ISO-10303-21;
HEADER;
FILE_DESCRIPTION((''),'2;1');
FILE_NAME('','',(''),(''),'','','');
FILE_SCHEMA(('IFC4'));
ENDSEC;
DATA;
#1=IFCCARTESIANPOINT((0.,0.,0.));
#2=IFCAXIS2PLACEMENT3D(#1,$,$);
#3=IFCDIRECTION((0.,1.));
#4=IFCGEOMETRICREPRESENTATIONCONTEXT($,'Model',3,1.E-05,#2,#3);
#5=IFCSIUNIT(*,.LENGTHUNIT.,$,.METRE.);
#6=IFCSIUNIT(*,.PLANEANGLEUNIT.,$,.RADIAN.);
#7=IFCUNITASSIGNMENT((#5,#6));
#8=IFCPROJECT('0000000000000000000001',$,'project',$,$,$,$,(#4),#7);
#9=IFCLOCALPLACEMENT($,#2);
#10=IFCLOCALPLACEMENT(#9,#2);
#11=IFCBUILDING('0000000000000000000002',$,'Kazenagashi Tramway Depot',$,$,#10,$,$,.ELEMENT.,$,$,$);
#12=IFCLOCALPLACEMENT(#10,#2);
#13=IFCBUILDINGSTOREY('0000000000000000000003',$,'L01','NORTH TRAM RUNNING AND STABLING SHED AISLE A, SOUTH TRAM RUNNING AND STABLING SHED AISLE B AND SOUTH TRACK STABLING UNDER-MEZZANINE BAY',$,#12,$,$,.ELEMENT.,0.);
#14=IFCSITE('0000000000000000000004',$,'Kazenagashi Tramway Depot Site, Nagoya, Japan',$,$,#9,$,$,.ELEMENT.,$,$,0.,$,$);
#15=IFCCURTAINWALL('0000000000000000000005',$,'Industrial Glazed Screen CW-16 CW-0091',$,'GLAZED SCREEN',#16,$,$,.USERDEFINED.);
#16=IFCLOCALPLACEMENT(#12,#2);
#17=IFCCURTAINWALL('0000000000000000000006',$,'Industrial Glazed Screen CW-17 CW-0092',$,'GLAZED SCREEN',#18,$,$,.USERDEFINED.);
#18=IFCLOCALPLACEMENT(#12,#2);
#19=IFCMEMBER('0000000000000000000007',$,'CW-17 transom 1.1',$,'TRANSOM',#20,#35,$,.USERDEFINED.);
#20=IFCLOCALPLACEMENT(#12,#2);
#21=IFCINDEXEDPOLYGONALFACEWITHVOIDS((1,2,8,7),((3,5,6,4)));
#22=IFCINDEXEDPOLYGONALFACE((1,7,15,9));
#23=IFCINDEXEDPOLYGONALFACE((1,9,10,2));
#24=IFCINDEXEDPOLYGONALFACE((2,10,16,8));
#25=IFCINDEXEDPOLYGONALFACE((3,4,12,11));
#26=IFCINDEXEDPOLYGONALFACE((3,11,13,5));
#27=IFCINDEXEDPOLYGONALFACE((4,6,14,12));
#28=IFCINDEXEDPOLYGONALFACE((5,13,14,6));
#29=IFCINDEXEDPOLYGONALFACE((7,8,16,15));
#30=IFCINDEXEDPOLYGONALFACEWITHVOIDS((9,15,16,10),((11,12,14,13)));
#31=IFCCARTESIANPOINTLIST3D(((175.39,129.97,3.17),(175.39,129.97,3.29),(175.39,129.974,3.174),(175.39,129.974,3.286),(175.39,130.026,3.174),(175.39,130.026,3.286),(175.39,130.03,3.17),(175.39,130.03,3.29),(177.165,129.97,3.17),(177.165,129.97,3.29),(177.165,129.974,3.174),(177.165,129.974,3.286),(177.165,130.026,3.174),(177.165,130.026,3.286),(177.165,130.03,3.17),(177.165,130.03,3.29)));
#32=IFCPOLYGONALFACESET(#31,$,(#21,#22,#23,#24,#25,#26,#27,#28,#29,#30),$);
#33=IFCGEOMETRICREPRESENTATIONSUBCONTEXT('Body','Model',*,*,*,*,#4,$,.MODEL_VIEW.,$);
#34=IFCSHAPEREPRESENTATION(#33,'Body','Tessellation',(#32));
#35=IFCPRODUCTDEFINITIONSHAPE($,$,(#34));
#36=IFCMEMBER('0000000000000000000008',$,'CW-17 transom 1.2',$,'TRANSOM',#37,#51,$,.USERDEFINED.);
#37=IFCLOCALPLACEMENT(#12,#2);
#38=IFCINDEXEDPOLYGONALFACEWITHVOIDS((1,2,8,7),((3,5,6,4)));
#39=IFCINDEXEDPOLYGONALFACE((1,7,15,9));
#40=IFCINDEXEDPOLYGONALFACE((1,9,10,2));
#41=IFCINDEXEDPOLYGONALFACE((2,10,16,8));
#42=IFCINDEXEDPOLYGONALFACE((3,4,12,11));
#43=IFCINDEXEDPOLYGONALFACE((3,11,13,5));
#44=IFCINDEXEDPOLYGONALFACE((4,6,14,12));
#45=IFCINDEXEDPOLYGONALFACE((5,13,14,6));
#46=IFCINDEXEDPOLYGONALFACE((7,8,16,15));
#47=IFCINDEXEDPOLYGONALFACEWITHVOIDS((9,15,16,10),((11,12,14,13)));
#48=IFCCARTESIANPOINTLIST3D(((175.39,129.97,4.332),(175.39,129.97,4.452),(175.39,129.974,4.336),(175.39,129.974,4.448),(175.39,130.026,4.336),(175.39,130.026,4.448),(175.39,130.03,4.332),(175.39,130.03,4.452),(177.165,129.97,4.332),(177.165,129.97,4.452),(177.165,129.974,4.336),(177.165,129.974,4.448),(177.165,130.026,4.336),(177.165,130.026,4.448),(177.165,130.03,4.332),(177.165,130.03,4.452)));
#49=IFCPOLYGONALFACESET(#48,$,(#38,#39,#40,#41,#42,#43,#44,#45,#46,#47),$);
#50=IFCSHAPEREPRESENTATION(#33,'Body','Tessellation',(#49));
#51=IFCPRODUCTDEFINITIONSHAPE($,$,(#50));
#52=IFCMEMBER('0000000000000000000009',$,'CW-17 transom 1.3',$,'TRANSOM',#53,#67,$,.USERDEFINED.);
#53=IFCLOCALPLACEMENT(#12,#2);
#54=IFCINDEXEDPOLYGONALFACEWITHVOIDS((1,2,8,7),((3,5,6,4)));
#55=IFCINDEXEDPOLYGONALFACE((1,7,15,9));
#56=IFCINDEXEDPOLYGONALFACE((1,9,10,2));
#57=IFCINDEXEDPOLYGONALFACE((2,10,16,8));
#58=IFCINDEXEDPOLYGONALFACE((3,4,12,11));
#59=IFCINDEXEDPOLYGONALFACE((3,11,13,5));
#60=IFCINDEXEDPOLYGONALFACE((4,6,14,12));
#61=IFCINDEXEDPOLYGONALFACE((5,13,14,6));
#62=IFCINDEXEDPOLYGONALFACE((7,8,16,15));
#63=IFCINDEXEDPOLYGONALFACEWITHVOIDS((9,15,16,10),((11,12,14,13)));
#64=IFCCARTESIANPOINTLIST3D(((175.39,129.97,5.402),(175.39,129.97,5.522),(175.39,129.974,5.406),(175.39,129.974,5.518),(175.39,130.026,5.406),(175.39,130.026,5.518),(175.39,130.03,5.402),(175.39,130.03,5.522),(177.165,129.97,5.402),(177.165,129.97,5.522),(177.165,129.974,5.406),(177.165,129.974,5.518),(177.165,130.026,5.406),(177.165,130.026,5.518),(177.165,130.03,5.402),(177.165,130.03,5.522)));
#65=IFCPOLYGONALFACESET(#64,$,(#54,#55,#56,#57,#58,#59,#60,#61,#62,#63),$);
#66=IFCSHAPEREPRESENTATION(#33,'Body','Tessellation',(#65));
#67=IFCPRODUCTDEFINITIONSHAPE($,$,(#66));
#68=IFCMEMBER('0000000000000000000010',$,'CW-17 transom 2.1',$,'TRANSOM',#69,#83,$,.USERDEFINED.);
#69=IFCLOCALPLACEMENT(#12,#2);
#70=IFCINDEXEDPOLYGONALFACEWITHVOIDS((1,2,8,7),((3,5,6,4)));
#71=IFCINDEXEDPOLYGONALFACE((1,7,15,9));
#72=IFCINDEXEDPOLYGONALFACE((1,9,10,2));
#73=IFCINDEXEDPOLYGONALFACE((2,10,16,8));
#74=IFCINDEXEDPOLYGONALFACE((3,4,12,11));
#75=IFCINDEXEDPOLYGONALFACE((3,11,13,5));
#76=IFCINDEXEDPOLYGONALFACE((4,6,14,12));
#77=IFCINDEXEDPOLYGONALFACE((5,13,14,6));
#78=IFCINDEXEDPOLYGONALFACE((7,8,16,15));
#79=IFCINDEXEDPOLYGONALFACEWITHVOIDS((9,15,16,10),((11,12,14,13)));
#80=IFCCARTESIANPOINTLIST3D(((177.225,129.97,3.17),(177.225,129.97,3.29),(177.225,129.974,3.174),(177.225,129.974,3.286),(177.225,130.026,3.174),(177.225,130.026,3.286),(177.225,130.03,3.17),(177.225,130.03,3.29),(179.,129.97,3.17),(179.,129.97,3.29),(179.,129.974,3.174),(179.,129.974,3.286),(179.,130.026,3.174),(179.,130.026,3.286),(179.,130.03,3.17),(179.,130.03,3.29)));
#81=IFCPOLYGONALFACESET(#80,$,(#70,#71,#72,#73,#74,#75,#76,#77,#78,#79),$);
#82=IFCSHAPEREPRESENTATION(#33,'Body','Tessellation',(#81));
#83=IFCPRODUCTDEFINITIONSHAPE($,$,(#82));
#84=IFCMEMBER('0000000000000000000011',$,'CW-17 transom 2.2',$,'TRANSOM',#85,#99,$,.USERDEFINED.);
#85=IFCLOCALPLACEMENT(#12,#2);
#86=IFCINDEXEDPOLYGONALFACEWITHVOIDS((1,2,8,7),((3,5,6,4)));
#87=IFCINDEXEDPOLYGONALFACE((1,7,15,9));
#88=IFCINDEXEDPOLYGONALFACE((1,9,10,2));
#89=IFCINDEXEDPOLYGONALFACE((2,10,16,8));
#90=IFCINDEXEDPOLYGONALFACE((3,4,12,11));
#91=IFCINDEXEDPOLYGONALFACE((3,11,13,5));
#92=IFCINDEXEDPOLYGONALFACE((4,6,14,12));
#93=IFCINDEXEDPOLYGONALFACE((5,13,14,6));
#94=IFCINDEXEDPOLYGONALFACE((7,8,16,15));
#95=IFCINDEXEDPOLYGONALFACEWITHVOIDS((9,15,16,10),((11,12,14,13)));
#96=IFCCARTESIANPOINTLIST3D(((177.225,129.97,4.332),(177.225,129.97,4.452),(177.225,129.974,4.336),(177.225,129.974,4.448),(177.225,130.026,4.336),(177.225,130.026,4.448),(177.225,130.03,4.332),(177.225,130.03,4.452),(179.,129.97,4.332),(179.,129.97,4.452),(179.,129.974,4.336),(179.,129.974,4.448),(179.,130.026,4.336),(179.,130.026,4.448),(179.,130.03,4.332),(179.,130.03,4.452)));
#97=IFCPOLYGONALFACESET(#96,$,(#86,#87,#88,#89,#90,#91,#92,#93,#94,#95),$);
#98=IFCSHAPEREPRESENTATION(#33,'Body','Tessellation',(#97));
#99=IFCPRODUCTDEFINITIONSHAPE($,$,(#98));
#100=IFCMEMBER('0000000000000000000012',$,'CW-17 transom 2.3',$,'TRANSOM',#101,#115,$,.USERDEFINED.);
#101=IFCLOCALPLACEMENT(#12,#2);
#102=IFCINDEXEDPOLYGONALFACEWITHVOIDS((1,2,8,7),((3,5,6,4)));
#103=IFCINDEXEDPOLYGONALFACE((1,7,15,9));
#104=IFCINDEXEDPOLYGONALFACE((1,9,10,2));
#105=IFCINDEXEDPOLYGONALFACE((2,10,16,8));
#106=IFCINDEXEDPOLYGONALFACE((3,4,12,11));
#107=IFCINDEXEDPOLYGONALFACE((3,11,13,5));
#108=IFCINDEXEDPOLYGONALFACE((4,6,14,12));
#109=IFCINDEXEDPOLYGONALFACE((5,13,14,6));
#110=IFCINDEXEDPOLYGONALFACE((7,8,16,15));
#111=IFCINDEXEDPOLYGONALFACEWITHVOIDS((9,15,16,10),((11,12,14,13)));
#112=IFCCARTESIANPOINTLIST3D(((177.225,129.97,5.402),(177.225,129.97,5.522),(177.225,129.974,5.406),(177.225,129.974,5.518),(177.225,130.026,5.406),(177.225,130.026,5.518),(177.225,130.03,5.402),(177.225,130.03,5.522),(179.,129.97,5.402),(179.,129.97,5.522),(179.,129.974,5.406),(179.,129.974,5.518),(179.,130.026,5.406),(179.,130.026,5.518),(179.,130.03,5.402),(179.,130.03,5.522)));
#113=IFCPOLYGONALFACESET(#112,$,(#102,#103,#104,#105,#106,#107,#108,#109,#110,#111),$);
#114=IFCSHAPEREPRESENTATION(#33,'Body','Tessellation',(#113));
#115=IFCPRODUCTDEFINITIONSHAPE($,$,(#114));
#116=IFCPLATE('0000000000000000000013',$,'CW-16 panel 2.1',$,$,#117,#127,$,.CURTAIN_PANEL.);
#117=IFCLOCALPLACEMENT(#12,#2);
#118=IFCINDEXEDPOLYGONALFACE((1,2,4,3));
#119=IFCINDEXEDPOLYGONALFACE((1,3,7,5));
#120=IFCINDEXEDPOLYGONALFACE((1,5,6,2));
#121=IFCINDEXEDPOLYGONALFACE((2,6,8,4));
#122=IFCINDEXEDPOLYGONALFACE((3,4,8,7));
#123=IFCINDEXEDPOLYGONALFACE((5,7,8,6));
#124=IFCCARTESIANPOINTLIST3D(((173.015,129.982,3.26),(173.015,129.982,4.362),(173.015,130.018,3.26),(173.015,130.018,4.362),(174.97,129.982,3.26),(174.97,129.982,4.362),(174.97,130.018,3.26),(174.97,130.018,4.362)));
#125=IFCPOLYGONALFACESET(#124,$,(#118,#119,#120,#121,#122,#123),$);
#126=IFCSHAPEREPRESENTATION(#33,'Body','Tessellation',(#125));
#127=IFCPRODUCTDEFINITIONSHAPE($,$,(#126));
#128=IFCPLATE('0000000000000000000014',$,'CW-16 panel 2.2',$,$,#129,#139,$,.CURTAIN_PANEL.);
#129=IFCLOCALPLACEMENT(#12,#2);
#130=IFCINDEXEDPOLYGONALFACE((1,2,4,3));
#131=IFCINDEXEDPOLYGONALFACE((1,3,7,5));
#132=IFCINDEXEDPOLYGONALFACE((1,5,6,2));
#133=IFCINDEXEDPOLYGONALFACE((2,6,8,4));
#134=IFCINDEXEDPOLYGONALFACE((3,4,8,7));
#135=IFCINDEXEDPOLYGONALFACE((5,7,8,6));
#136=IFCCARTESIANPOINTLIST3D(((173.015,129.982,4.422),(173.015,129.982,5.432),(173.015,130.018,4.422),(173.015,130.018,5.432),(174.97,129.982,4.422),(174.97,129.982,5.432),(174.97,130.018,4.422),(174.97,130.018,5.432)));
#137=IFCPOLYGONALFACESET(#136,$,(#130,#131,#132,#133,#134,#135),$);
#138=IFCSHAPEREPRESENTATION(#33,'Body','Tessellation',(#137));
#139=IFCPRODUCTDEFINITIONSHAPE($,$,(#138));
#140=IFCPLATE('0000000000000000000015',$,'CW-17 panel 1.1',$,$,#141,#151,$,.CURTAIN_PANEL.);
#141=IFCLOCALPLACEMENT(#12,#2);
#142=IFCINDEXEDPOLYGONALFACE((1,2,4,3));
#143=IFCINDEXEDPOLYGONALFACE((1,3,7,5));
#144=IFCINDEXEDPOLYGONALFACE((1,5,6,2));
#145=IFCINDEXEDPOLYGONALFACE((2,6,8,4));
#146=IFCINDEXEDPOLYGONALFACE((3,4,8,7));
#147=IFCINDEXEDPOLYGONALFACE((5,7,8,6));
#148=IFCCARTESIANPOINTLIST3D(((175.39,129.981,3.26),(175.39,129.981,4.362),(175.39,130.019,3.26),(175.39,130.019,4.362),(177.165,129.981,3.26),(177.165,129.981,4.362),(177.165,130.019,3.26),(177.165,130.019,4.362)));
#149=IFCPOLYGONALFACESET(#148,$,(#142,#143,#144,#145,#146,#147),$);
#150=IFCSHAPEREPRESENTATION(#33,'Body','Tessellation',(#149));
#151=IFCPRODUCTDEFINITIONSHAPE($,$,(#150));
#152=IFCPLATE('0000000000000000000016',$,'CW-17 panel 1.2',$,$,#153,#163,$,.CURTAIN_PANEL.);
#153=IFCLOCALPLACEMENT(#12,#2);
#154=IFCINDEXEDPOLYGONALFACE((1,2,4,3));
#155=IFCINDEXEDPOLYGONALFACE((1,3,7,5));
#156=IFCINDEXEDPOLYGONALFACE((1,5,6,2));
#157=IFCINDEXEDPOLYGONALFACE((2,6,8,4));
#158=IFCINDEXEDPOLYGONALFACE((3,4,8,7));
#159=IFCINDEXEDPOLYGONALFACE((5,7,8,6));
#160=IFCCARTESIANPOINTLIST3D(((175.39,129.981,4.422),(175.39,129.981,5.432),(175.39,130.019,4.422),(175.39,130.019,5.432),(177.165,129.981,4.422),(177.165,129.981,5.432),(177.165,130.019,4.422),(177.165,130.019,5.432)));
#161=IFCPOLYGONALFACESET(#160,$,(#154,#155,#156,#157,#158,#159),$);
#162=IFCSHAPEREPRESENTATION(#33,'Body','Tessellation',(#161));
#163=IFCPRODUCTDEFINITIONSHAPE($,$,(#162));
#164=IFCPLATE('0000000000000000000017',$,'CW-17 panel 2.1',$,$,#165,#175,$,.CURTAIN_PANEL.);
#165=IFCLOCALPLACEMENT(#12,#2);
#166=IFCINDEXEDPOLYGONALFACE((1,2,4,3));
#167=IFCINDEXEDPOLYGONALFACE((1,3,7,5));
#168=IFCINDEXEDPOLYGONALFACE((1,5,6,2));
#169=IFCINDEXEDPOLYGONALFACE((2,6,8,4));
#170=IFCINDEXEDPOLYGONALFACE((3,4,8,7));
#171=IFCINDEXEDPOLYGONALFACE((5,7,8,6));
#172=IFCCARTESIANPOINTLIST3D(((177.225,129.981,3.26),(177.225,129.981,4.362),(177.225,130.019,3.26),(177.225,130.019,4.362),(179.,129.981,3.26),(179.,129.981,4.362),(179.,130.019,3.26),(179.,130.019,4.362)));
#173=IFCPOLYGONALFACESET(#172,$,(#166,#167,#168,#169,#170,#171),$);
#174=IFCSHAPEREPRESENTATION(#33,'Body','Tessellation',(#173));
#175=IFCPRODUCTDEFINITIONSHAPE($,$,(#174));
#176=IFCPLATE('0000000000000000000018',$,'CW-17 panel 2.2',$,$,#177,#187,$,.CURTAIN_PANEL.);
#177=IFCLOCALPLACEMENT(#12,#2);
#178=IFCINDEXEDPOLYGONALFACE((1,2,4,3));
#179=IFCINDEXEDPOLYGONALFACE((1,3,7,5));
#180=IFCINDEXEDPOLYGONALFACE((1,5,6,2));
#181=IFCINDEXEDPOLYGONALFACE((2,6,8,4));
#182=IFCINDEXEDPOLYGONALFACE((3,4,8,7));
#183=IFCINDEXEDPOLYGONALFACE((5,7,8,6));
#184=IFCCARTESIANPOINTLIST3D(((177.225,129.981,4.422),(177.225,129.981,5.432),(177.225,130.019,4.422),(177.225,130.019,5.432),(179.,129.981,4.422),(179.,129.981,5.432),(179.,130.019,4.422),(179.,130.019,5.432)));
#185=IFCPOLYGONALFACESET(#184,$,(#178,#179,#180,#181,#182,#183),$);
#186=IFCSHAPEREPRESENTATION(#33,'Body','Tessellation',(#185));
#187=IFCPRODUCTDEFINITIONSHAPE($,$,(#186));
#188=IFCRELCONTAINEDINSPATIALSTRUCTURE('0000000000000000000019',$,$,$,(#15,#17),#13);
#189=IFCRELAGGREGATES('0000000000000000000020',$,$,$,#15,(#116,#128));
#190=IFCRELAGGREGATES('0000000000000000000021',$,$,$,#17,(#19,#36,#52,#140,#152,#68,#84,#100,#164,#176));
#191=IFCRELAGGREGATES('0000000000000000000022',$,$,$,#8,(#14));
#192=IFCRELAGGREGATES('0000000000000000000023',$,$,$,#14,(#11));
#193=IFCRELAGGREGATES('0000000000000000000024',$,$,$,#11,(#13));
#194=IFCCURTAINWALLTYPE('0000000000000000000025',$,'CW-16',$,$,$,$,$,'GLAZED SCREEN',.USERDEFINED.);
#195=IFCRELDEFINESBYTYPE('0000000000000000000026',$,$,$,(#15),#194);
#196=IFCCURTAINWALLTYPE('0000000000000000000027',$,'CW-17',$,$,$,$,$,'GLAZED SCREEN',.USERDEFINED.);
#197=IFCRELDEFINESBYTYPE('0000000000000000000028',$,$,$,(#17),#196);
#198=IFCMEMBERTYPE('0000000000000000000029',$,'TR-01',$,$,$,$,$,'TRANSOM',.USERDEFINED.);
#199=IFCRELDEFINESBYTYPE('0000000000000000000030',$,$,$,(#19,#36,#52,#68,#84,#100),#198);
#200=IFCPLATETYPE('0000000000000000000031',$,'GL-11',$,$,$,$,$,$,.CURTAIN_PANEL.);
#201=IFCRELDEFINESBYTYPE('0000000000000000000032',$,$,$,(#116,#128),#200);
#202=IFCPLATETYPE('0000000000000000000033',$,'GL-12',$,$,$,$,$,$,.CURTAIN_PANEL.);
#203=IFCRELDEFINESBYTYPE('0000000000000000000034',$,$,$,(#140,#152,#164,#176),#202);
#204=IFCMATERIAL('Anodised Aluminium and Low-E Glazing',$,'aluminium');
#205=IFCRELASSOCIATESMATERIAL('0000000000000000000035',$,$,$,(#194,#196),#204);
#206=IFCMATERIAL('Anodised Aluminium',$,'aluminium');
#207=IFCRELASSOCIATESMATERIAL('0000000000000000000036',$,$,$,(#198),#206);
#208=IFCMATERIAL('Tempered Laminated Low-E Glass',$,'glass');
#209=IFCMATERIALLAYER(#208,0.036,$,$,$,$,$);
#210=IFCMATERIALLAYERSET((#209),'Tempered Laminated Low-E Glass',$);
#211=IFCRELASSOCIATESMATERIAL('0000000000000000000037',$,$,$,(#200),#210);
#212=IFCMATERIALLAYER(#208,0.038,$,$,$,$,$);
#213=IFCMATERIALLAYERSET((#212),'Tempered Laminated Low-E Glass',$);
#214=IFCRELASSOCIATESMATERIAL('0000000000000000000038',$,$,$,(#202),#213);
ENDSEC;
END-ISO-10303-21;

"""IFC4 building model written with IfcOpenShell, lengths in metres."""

from ifc_helpers import new_model, si_unit, direction, frame, origin, origin_2d, place, context, subcontext, project, spatial, rectangle, hollow_rectangle, extrude, material, layer, layer_set, material_profile, profile_set, type_object, element, aggregate, save


model = new_model("IFC4")

# Units and contexts
model_context = context("Model", 3, precision=1e-05, world=origin(), true_north=direction((0.0, 1.0)))
body_context = subcontext(model_context, "Body", "Model", "MODEL_VIEW")
ifc_project = project(units=[si_unit("LENGTHUNIT", "METRE"), si_unit("PLANEANGLEUNIT", "RADIAN")], contexts=[model_context])

# Site, building, storey
site_placement = place(None, origin())
site = spatial("IfcSite", under=ifc_project, at=site_placement, Name="Kazenagashi Tramway Depot Site, Nagoya, Japan", CompositionType="ELEMENT", RefElevation=0.0)
building_placement = place(site_placement, origin())
building = spatial("IfcBuilding", under=site, at=building_placement, Name="Kazenagashi Tramway Depot", CompositionType="ELEMENT")
storey_placement = place(building_placement, origin())
storey = spatial("IfcBuildingStorey", under=building, at=storey_placement, Name="L01", Description="NORTH TRAM RUNNING AND STABLING SHED AISLE A, SOUTH TRAM RUNNING AND STABLING SHED AISLE B AND SOUTH TRACK STABLING UNDER-MEZZANINE BAY", CompositionType="ELEMENT", Elevation=0.0)

# Curtain wall
ifc_material_1 = material(Name="Anodised Aluminium and Low-E Glazing", Category="aluminium")
curtain_wall_type_1 = type_object("IfcCurtainWallType", Name="CW-16", ElementType="GLAZED SCREEN", PredefinedType="USERDEFINED", material=ifc_material_1)
curtain_wall_1_placement = place(storey_placement, origin())
curtain_wall_1 = element("IfcCurtainWall", 1, at=curtain_wall_1_placement, inside=storey, type_object=curtain_wall_type_1, Name="Industrial Glazed Screen CW-16 CW-0091", ObjectType="GLAZED SCREEN", PredefinedType="USERDEFINED")
ifc_material_2 = material(Name="Anodised Aluminium", Category="aluminium")

# Curtain wall
curtain_wall_type_2 = type_object("IfcCurtainWallType", Name="CW-17", ElementType="GLAZED SCREEN", PredefinedType="USERDEFINED", material=ifc_material_1)
curtain_wall_2_placement = place(storey_placement, origin())
curtain_wall_2 = element("IfcCurtainWall", 2, at=curtain_wall_2_placement, inside=storey, type_object=curtain_wall_type_2, Name="Industrial Glazed Screen CW-17 CW-0092", ObjectType="GLAZED SCREEN", PredefinedType="USERDEFINED")

# Members
ifc_material_profile_1 = material_profile(ifc_material_2, hollow_rectangle(XDim=0.06, YDim=0.12, WallThickness=0.004, at=origin_2d()), Name="RHS-120x60x4")
ifc_profile_set_1 = profile_set([ifc_material_profile_1], Name="Anodised Aluminium")
member_type_1 = type_object("IfcMemberType", Name="TR-01", ElementType="TRANSOM", PredefinedType="USERDEFINED", material=ifc_profile_set_1)
member_1_placement = place(storey_placement, frame((175.39, 130.0, 3.23), z_axis=(1.0, 0.0, 0.0), x_axis=(0.0, 1.0, 0.0)))
member_1 = element("IfcMember", 3, at=member_1_placement, type_object=member_type_1, Name="CW-17 transom 1.1", ObjectType="TRANSOM", PredefinedType="USERDEFINED", context=body_context, shape_type="SweptSolid", body=[
    extrude(hollow_rectangle(XDim=0.06, YDim=0.12, WallThickness=0.004, at=origin_2d()), origin(), (0.0, 0.0, 1.0), 1.775),
])
member_2_placement = place(storey_placement, frame((175.39, 130.0, 4.392), z_axis=(1.0, 0.0, 0.0), x_axis=(0.0, 1.0, 0.0)))
member_2 = element("IfcMember", 4, at=member_2_placement, type_object=member_type_1, Name="CW-17 transom 1.2", ObjectType="TRANSOM", PredefinedType="USERDEFINED", context=body_context, shape_type="SweptSolid", body=[
    extrude(hollow_rectangle(XDim=0.06, YDim=0.12, WallThickness=0.004, at=origin_2d()), origin(), (0.0, 0.0, 1.0), 1.775),
])
member_3_placement = place(storey_placement, frame((175.39, 130.0, 5.462), z_axis=(1.0, 0.0, 0.0), x_axis=(0.0, 1.0, 0.0)))
member_3 = element("IfcMember", 5, at=member_3_placement, type_object=member_type_1, Name="CW-17 transom 1.3", ObjectType="TRANSOM", PredefinedType="USERDEFINED", context=body_context, shape_type="SweptSolid", body=[
    extrude(hollow_rectangle(XDim=0.06, YDim=0.12, WallThickness=0.004, at=origin_2d()), origin(), (0.0, 0.0, 1.0), 1.775),
])
member_4_placement = place(storey_placement, frame((177.225, 130.0, 3.23), z_axis=(1.0, 0.0, 0.0), x_axis=(0.0, 1.0, 0.0)))
member_4 = element("IfcMember", 6, at=member_4_placement, type_object=member_type_1, Name="CW-17 transom 2.1", ObjectType="TRANSOM", PredefinedType="USERDEFINED", context=body_context, shape_type="SweptSolid", body=[
    extrude(hollow_rectangle(XDim=0.06, YDim=0.12, WallThickness=0.004, at=origin_2d()), origin(), (0.0, 0.0, 1.0), 1.775),
])
member_5_placement = place(storey_placement, frame((177.225, 130.0, 4.392), z_axis=(1.0, 0.0, 0.0), x_axis=(0.0, 1.0, 0.0)))
member_5 = element("IfcMember", 7, at=member_5_placement, type_object=member_type_1, Name="CW-17 transom 2.2", ObjectType="TRANSOM", PredefinedType="USERDEFINED", context=body_context, shape_type="SweptSolid", body=[
    extrude(hollow_rectangle(XDim=0.06, YDim=0.12, WallThickness=0.004, at=origin_2d()), origin(), (0.0, 0.0, 1.0), 1.775),
])
member_6_placement = place(storey_placement, frame((177.225, 130.0, 5.462), z_axis=(1.0, 0.0, 0.0), x_axis=(0.0, 1.0, 0.0)))
member_6 = element("IfcMember", 8, at=member_6_placement, type_object=member_type_1, Name="CW-17 transom 2.3", ObjectType="TRANSOM", PredefinedType="USERDEFINED", context=body_context, shape_type="SweptSolid", body=[
    extrude(hollow_rectangle(XDim=0.06, YDim=0.12, WallThickness=0.004, at=origin_2d()), origin(), (0.0, 0.0, 1.0), 1.775),
])

# Plates
ifc_material_3 = material(Name="Tempered Laminated Low-E Glass", Category="glass")
ifc_layer_1 = layer(ifc_material_3, 0.036)
ifc_layer_set_1 = layer_set([ifc_layer_1], Name="Tempered Laminated Low-E Glass")
plate_type_1 = type_object("IfcPlateType", Name="GL-11", PredefinedType="CURTAIN_PANEL", material=ifc_layer_set_1)
plate_1_placement = place(storey_placement, frame((173.9925, 130.0, 3.26), z_axis=(0.0, 0.0, 1.0), x_axis=(1.0, 0.0, 0.0)))
plate_1 = element("IfcPlate", 9, at=plate_1_placement, type_object=plate_type_1, Name="CW-16 panel 2.1", PredefinedType="CURTAIN_PANEL", context=body_context, shape_type="SweptSolid", body=[
    extrude(rectangle(XDim=1.955, YDim=0.036, at=origin_2d()), origin(), (0.0, 0.0, 1.0), 1.102),
])
plate_2_placement = place(storey_placement, frame((173.9925, 130.0, 4.422), z_axis=(0.0, 0.0, 1.0), x_axis=(1.0, 0.0, 0.0)))
plate_2 = element("IfcPlate", 10, at=plate_2_placement, type_object=plate_type_1, Name="CW-16 panel 2.2", PredefinedType="CURTAIN_PANEL", context=body_context, shape_type="SweptSolid", body=[
    extrude(rectangle(XDim=1.955, YDim=0.036, at=origin_2d()), origin(), (0.0, 0.0, 1.0), 1.01),
])
aggregate(curtain_wall_1, [plate_1, plate_2])
ifc_layer_2 = layer(ifc_material_3, 0.038)
ifc_layer_set_2 = layer_set([ifc_layer_2], Name="Tempered Laminated Low-E Glass")
plate_type_2 = type_object("IfcPlateType", Name="GL-12", PredefinedType="CURTAIN_PANEL", material=ifc_layer_set_2)
plate_3_placement = place(storey_placement, frame((176.2775, 130.0, 3.26), z_axis=(0.0, 0.0, 1.0), x_axis=(1.0, 0.0, 0.0)))
plate_3 = element("IfcPlate", 11, at=plate_3_placement, type_object=plate_type_2, Name="CW-17 panel 1.1", PredefinedType="CURTAIN_PANEL", context=body_context, shape_type="SweptSolid", body=[
    extrude(rectangle(XDim=1.775, YDim=0.038, at=origin_2d()), origin(), (0.0, 0.0, 1.0), 1.102),
])
plate_4_placement = place(storey_placement, frame((176.2775, 130.0, 4.422), z_axis=(0.0, 0.0, 1.0), x_axis=(1.0, 0.0, 0.0)))
plate_4 = element("IfcPlate", 12, at=plate_4_placement, type_object=plate_type_2, Name="CW-17 panel 1.2", PredefinedType="CURTAIN_PANEL", context=body_context, shape_type="SweptSolid", body=[
    extrude(rectangle(XDim=1.775, YDim=0.038, at=origin_2d()), origin(), (0.0, 0.0, 1.0), 1.01),
])
plate_5_placement = place(storey_placement, frame((178.1125, 130.0, 3.26), z_axis=(0.0, 0.0, 1.0), x_axis=(1.0, 0.0, 0.0)))
plate_5 = element("IfcPlate", 13, at=plate_5_placement, type_object=plate_type_2, Name="CW-17 panel 2.1", PredefinedType="CURTAIN_PANEL", context=body_context, shape_type="SweptSolid", body=[
    extrude(rectangle(XDim=1.775, YDim=0.038, at=origin_2d()), origin(), (0.0, 0.0, 1.0), 1.102),
])
plate_6_placement = place(storey_placement, frame((178.1125, 130.0, 4.422), z_axis=(0.0, 0.0, 1.0), x_axis=(1.0, 0.0, 0.0)))
plate_6 = element("IfcPlate", 14, at=plate_6_placement, type_object=plate_type_2, Name="CW-17 panel 2.2", PredefinedType="CURTAIN_PANEL", context=body_context, shape_type="SweptSolid", body=[
    extrude(rectangle(XDim=1.775, YDim=0.038, at=origin_2d()), origin(), (0.0, 0.0, 1.0), 1.01),
])
aggregate(curtain_wall_2, [member_1, member_2, member_3, plate_3, plate_4, member_4, member_5, member_6, plate_5, plate_6])

save(model, "model.ifc")
